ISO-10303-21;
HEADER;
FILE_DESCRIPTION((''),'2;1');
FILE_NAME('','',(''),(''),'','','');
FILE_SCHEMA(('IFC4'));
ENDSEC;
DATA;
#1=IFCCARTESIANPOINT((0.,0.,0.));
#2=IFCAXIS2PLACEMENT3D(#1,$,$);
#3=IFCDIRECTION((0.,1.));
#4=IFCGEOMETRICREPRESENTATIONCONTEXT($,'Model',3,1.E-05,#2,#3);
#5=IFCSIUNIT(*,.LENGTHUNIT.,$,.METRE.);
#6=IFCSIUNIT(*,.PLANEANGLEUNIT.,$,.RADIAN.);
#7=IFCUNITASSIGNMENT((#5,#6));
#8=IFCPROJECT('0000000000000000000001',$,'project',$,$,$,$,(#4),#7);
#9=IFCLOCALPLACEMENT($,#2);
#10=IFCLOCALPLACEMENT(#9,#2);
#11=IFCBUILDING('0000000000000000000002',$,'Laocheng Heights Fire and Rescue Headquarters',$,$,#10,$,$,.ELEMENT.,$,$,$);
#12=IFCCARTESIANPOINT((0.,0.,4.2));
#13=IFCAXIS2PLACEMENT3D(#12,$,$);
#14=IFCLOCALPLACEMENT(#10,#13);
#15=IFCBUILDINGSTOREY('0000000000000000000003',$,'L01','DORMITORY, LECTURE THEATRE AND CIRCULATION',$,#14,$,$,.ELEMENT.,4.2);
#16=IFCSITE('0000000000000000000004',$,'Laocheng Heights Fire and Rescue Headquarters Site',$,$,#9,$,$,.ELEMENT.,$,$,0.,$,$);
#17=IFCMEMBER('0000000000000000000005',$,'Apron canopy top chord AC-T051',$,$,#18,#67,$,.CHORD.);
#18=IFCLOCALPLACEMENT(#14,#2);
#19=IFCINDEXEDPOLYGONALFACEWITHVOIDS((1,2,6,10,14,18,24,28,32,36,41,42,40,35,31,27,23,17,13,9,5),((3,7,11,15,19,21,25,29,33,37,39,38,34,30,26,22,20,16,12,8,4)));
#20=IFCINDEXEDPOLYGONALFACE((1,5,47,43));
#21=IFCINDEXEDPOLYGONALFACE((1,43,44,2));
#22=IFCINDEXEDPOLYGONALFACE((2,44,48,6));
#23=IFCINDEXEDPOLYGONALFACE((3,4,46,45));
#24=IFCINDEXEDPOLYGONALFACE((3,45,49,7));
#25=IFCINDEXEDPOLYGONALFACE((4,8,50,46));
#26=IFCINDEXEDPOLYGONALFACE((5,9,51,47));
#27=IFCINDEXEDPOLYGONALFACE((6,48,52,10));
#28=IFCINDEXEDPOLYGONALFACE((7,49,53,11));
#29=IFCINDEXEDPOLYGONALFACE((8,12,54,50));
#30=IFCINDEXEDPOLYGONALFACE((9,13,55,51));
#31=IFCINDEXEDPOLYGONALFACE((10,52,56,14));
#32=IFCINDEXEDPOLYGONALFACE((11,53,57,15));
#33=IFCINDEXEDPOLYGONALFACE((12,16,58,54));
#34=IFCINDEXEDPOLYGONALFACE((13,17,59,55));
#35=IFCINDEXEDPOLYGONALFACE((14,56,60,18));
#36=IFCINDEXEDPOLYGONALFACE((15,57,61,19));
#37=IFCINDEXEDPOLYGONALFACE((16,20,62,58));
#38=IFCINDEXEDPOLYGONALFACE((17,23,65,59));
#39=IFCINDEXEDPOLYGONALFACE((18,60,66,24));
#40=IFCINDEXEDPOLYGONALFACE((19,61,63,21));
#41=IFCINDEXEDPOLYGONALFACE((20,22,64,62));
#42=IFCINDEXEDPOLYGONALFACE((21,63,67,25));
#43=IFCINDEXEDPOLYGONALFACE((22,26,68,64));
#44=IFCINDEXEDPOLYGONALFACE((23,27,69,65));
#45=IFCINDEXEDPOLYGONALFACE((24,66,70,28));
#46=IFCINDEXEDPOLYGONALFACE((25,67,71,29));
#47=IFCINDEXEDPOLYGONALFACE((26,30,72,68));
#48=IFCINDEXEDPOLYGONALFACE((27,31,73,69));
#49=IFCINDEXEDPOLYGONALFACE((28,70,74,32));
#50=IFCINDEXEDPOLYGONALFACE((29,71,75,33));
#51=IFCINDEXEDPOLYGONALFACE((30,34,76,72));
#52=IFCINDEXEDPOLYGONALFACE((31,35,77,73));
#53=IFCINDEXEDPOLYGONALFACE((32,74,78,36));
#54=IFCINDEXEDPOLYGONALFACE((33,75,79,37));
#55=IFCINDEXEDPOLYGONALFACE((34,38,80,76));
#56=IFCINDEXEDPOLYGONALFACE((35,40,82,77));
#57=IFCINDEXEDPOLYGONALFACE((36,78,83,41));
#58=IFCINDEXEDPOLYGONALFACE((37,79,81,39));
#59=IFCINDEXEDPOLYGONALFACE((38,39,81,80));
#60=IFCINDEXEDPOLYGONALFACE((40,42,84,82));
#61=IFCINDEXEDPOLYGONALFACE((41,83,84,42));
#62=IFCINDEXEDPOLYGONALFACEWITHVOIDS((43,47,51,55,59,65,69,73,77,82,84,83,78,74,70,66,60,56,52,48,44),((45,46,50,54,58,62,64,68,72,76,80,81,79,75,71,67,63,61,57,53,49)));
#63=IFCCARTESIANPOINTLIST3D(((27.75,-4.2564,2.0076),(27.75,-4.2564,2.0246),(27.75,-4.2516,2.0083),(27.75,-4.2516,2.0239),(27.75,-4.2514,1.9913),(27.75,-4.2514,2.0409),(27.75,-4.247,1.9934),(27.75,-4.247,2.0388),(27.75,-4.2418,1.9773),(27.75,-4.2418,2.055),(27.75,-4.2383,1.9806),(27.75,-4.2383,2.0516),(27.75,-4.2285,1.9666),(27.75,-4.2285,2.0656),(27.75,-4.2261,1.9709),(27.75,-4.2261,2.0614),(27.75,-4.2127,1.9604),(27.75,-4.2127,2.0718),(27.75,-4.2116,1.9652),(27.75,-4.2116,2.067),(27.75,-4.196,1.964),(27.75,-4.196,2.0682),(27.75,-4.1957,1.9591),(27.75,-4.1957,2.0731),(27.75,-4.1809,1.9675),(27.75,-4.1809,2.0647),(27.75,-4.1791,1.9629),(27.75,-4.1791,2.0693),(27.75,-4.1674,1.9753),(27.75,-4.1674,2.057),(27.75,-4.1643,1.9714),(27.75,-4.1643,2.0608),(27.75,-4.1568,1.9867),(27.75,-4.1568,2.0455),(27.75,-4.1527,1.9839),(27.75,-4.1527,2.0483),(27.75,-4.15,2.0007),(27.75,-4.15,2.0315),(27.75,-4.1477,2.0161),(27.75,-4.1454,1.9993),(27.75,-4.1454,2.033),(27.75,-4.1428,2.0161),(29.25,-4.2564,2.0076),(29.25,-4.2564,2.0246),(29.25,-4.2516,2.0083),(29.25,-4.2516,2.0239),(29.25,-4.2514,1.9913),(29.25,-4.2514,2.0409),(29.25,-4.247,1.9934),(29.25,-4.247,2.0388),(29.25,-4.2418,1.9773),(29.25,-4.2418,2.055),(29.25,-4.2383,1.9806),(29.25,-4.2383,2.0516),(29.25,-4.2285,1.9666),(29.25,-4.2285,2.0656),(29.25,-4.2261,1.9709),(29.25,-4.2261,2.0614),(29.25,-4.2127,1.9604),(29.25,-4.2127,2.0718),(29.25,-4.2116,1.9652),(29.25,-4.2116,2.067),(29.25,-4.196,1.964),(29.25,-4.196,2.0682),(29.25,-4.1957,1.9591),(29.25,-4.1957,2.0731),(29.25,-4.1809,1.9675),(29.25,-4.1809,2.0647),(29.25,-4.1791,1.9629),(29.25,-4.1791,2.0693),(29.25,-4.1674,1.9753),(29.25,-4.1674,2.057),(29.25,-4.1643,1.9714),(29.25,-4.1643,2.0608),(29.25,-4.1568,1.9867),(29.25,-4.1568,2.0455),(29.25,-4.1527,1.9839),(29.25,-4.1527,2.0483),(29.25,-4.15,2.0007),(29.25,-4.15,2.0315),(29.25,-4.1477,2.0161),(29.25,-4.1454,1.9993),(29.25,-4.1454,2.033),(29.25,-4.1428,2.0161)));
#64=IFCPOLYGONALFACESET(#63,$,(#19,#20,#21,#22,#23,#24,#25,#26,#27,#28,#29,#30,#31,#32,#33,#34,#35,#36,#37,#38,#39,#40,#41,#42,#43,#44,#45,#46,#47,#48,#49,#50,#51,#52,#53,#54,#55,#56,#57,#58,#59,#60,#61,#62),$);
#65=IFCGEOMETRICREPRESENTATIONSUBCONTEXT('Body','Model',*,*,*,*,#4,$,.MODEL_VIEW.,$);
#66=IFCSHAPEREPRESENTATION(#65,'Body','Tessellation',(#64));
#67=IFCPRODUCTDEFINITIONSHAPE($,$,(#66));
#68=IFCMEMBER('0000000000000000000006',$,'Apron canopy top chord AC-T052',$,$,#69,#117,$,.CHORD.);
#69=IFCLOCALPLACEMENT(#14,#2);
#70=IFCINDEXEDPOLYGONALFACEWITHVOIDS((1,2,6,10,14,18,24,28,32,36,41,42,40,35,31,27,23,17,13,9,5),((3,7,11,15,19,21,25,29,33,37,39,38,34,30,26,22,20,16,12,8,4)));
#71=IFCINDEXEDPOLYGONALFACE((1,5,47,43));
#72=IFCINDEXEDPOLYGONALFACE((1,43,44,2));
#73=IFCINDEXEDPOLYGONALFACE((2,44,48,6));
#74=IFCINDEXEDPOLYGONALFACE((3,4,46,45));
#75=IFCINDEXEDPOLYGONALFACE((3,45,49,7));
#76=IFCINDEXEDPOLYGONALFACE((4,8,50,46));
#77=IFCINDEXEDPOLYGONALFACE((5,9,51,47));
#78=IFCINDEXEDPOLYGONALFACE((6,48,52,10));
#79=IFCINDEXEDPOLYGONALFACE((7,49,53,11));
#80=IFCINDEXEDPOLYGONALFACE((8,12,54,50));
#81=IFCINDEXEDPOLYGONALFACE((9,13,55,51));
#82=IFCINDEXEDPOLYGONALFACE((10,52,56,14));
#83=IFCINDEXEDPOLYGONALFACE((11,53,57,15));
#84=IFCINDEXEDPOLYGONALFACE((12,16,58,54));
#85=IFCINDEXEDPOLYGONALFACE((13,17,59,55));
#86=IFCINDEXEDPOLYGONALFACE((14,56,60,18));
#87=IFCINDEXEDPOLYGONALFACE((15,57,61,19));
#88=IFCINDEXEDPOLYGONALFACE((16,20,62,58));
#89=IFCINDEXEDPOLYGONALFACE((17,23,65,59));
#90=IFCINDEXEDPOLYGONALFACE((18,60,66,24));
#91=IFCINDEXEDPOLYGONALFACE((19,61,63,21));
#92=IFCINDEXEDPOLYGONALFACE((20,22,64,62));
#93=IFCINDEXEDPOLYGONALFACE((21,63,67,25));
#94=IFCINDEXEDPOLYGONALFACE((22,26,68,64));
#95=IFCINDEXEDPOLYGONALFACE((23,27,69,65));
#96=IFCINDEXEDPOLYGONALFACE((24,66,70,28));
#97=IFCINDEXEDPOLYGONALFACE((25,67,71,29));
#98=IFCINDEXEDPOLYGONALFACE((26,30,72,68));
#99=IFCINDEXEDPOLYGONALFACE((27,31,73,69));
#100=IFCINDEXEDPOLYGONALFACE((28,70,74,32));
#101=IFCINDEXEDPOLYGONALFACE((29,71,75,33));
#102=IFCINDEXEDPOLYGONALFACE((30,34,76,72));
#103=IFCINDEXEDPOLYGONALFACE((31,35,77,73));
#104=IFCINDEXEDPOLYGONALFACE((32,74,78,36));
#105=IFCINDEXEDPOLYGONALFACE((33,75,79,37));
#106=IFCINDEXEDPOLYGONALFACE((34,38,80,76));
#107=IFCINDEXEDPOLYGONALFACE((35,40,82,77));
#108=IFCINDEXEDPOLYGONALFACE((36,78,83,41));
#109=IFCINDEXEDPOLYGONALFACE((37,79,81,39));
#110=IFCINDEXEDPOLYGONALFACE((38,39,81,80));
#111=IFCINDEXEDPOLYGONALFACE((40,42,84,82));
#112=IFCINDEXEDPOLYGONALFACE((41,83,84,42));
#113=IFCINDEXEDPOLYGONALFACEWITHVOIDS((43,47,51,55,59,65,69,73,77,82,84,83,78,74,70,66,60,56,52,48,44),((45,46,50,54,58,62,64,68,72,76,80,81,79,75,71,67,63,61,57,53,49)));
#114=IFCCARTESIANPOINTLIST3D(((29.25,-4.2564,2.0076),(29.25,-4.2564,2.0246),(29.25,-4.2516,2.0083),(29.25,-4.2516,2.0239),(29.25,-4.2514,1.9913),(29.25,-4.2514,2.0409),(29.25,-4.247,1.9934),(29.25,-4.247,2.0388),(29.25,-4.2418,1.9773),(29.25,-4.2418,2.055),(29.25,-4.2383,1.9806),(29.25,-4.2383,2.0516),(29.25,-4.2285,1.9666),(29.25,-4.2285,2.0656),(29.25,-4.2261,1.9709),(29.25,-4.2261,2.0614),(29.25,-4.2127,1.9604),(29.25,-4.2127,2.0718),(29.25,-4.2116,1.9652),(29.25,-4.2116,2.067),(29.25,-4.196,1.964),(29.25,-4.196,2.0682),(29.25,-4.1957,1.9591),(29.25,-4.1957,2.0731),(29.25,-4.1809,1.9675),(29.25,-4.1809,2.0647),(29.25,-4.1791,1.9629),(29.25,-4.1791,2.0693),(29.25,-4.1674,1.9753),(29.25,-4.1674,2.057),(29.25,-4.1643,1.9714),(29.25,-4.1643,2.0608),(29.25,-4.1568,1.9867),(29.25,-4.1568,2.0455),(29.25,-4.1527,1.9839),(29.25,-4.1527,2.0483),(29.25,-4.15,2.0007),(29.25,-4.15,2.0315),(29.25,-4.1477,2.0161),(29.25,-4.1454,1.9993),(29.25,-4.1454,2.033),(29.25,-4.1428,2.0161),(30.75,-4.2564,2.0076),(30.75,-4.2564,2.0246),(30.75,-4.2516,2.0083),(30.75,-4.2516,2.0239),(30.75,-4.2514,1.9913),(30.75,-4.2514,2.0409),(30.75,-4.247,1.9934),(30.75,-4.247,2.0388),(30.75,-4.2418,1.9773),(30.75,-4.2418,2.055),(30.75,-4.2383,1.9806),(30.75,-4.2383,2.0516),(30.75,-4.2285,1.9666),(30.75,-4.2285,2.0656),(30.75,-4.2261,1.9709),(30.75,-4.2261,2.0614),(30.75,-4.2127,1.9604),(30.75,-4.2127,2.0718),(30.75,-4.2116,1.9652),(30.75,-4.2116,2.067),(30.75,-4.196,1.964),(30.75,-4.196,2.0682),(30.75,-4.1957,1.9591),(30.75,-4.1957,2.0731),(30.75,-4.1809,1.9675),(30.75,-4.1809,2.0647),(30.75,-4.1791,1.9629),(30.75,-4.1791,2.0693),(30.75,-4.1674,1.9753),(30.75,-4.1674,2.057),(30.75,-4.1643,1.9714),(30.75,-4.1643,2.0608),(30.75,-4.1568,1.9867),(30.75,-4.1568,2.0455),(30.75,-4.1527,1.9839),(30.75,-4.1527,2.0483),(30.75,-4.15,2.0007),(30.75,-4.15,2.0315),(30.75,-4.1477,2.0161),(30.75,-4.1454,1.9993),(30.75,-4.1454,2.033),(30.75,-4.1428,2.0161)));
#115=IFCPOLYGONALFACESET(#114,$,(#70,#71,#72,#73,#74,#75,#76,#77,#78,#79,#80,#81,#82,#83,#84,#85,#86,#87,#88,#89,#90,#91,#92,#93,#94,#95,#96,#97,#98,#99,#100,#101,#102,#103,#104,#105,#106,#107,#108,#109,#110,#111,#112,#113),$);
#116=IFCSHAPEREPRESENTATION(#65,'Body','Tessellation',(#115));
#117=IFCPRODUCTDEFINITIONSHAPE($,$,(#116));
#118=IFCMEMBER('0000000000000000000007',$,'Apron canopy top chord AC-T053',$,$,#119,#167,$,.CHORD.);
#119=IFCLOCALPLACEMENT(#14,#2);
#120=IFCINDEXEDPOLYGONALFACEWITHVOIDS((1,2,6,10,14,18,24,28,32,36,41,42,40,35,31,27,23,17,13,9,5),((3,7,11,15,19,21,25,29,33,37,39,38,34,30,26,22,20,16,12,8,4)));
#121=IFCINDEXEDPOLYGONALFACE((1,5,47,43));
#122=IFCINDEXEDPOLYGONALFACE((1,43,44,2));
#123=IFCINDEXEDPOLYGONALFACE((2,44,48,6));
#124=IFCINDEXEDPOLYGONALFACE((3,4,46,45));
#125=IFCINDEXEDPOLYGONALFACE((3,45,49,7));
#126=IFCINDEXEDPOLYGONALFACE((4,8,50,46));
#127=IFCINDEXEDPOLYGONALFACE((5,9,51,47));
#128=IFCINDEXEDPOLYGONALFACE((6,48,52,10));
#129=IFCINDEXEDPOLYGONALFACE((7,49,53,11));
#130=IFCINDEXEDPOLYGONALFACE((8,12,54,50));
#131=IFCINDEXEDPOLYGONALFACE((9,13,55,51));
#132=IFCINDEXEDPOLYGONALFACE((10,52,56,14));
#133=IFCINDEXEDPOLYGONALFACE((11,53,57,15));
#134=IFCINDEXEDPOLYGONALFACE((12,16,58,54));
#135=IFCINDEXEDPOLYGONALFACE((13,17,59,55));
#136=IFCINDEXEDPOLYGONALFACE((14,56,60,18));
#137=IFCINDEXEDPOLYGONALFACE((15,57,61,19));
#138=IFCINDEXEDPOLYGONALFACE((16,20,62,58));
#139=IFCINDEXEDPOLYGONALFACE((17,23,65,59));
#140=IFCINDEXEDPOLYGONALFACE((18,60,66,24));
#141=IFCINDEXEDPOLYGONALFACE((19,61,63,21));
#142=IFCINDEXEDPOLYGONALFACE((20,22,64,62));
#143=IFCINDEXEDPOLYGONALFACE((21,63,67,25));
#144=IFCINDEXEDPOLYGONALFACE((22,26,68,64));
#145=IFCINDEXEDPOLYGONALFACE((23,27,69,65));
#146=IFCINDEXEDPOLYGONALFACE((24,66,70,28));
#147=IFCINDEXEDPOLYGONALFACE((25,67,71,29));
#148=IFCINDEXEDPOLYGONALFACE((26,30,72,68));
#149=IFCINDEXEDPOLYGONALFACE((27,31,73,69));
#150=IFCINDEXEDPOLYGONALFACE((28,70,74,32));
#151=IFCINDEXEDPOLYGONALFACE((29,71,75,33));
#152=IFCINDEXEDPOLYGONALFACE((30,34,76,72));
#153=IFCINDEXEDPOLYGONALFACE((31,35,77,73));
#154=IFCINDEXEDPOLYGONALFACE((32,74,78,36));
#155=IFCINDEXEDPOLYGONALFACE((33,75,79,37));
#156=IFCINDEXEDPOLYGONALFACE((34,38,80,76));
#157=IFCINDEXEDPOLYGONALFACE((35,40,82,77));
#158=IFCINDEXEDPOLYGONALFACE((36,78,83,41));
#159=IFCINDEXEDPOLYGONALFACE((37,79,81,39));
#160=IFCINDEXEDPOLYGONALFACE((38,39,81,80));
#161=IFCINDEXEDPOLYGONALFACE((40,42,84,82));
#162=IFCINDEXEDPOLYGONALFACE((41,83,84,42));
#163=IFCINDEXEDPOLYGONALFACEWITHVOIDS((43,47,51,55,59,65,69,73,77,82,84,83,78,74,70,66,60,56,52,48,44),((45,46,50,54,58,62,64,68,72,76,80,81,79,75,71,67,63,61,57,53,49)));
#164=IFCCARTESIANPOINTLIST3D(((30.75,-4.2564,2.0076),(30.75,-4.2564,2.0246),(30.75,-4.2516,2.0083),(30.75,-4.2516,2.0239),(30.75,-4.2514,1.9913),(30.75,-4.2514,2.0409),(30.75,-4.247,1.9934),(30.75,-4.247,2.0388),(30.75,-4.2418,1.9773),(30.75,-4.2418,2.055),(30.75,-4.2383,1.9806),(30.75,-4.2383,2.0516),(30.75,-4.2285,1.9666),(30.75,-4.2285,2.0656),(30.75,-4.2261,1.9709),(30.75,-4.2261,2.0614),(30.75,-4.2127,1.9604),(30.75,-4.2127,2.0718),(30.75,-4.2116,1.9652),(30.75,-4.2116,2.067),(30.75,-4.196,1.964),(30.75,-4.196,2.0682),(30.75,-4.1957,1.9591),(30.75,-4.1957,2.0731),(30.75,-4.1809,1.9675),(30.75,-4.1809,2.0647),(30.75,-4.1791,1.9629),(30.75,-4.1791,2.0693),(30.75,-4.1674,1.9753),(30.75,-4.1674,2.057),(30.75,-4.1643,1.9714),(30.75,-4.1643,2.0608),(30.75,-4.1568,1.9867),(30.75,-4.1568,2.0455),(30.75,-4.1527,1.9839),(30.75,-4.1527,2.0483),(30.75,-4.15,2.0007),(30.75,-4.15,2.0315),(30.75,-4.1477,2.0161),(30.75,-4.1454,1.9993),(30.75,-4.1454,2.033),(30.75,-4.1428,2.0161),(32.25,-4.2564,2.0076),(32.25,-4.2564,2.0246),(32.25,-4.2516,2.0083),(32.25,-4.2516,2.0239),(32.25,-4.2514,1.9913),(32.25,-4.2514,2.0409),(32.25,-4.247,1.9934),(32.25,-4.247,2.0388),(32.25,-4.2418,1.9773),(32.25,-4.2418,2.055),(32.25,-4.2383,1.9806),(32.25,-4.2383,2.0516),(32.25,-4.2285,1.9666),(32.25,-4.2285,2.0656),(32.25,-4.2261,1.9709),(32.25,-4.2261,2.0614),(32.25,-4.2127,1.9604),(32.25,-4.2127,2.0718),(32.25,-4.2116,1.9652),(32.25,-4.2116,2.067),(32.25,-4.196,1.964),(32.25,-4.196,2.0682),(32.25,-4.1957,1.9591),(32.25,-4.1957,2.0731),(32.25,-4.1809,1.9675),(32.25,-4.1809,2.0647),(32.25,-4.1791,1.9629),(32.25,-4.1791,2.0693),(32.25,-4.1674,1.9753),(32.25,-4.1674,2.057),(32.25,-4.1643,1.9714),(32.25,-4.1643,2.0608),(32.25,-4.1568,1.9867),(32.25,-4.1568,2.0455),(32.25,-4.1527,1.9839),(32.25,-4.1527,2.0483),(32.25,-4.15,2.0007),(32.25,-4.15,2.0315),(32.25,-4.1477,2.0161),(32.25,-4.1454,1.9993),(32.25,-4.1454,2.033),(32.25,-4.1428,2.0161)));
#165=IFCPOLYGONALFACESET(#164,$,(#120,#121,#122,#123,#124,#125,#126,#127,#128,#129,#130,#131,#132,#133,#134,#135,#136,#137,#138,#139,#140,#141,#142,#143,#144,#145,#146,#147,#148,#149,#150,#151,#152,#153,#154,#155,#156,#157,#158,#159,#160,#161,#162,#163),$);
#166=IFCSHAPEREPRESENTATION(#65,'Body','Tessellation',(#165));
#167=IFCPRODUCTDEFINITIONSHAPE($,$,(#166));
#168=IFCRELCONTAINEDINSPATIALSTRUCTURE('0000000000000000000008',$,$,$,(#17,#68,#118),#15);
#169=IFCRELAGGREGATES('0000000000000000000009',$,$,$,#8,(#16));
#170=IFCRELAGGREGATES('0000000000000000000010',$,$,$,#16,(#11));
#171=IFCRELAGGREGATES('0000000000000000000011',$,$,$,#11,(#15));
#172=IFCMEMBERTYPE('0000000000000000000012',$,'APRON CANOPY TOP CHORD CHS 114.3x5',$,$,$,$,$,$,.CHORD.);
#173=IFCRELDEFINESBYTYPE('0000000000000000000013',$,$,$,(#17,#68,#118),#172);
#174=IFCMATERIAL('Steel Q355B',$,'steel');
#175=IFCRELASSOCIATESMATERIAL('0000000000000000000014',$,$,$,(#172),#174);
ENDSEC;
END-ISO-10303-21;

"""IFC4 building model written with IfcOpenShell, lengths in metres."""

from ifc_helpers import new_model, si_unit, direction, frame, origin, origin_2d, place, context, subcontext, project, spatial, hollow_circle, extrude, material, material_profile, profile_set, type_object, element, save


model = new_model("IFC4")

# Units and contexts
model_context = context("Model", 3, precision=1e-05, world=origin(), true_north=direction((0.0, 1.0)))
body_context = subcontext(model_context, "Body", "Model", "MODEL_VIEW")
ifc_project = project(units=[si_unit("LENGTHUNIT", "METRE"), si_unit("PLANEANGLEUNIT", "RADIAN")], contexts=[model_context])

# Site, building, storey
site_placement = place(None, origin())
site = spatial("IfcSite", under=ifc_project, at=site_placement, Name="Laocheng Heights Fire and Rescue Headquarters Site", CompositionType="ELEMENT", RefElevation=0.0)
building_placement = place(site_placement, origin())
building = spatial("IfcBuilding", under=site, at=building_placement, Name="Laocheng Heights Fire and Rescue Headquarters", CompositionType="ELEMENT")
storey_placement = place(building_placement, frame((0.0, 0.0, 4.2)))
storey = spatial("IfcBuildingStorey", under=building, at=storey_placement, Name="L01", Description="DORMITORY, LECTURE THEATRE AND CIRCULATION", CompositionType="ELEMENT", Elevation=4.2)

# Members
ifc_material_1 = material(Name="Steel Q355B", Category="steel")
ifc_material_profile_1 = material_profile(ifc_material_1, hollow_circle(Radius=0.0571, WallThickness=0.0049, at=origin_2d()), Name="CHS 114.3x5")
ifc_profile_set_1 = profile_set([ifc_material_profile_1], Name="Steel Q355B")
member_type = type_object("IfcMemberType", Name="APRON CANOPY TOP CHORD CHS 114.3x5", PredefinedType="CHORD", material=ifc_profile_set_1)
for number, where, z_axis, x_axis, name in (
    (1, (27.75, -4.2, 2.0161), (1.0, 0.0, 0.0), (0.0, 1.0, 0.0), "Apron canopy top chord AC-T051"),
    (2, (29.25, -4.2, 2.0161), (1.0, 0.0, 0.0), (0.0, 1.0, 0.0), "Apron canopy top chord AC-T052"),
    (3, (30.75, -4.2, 2.0161), (1.0, 0.0, 0.0), (0.0, 1.0, 0.0), "Apron canopy top chord AC-T053"),
):
    element("IfcMember", number, at=place(storey_placement, frame(where, z_axis=z_axis, x_axis=x_axis)), inside=storey, type_object=member_type, Name=name, PredefinedType="CHORD", context=body_context, shape_type="SweptSolid", body=[
        extrude(hollow_circle(Radius=0.0571, WallThickness=0.0049, at=origin_2d()), origin(), (0.0, 0.0, 1.0), 1.5),
    ])

save(model, "model.ifc")
